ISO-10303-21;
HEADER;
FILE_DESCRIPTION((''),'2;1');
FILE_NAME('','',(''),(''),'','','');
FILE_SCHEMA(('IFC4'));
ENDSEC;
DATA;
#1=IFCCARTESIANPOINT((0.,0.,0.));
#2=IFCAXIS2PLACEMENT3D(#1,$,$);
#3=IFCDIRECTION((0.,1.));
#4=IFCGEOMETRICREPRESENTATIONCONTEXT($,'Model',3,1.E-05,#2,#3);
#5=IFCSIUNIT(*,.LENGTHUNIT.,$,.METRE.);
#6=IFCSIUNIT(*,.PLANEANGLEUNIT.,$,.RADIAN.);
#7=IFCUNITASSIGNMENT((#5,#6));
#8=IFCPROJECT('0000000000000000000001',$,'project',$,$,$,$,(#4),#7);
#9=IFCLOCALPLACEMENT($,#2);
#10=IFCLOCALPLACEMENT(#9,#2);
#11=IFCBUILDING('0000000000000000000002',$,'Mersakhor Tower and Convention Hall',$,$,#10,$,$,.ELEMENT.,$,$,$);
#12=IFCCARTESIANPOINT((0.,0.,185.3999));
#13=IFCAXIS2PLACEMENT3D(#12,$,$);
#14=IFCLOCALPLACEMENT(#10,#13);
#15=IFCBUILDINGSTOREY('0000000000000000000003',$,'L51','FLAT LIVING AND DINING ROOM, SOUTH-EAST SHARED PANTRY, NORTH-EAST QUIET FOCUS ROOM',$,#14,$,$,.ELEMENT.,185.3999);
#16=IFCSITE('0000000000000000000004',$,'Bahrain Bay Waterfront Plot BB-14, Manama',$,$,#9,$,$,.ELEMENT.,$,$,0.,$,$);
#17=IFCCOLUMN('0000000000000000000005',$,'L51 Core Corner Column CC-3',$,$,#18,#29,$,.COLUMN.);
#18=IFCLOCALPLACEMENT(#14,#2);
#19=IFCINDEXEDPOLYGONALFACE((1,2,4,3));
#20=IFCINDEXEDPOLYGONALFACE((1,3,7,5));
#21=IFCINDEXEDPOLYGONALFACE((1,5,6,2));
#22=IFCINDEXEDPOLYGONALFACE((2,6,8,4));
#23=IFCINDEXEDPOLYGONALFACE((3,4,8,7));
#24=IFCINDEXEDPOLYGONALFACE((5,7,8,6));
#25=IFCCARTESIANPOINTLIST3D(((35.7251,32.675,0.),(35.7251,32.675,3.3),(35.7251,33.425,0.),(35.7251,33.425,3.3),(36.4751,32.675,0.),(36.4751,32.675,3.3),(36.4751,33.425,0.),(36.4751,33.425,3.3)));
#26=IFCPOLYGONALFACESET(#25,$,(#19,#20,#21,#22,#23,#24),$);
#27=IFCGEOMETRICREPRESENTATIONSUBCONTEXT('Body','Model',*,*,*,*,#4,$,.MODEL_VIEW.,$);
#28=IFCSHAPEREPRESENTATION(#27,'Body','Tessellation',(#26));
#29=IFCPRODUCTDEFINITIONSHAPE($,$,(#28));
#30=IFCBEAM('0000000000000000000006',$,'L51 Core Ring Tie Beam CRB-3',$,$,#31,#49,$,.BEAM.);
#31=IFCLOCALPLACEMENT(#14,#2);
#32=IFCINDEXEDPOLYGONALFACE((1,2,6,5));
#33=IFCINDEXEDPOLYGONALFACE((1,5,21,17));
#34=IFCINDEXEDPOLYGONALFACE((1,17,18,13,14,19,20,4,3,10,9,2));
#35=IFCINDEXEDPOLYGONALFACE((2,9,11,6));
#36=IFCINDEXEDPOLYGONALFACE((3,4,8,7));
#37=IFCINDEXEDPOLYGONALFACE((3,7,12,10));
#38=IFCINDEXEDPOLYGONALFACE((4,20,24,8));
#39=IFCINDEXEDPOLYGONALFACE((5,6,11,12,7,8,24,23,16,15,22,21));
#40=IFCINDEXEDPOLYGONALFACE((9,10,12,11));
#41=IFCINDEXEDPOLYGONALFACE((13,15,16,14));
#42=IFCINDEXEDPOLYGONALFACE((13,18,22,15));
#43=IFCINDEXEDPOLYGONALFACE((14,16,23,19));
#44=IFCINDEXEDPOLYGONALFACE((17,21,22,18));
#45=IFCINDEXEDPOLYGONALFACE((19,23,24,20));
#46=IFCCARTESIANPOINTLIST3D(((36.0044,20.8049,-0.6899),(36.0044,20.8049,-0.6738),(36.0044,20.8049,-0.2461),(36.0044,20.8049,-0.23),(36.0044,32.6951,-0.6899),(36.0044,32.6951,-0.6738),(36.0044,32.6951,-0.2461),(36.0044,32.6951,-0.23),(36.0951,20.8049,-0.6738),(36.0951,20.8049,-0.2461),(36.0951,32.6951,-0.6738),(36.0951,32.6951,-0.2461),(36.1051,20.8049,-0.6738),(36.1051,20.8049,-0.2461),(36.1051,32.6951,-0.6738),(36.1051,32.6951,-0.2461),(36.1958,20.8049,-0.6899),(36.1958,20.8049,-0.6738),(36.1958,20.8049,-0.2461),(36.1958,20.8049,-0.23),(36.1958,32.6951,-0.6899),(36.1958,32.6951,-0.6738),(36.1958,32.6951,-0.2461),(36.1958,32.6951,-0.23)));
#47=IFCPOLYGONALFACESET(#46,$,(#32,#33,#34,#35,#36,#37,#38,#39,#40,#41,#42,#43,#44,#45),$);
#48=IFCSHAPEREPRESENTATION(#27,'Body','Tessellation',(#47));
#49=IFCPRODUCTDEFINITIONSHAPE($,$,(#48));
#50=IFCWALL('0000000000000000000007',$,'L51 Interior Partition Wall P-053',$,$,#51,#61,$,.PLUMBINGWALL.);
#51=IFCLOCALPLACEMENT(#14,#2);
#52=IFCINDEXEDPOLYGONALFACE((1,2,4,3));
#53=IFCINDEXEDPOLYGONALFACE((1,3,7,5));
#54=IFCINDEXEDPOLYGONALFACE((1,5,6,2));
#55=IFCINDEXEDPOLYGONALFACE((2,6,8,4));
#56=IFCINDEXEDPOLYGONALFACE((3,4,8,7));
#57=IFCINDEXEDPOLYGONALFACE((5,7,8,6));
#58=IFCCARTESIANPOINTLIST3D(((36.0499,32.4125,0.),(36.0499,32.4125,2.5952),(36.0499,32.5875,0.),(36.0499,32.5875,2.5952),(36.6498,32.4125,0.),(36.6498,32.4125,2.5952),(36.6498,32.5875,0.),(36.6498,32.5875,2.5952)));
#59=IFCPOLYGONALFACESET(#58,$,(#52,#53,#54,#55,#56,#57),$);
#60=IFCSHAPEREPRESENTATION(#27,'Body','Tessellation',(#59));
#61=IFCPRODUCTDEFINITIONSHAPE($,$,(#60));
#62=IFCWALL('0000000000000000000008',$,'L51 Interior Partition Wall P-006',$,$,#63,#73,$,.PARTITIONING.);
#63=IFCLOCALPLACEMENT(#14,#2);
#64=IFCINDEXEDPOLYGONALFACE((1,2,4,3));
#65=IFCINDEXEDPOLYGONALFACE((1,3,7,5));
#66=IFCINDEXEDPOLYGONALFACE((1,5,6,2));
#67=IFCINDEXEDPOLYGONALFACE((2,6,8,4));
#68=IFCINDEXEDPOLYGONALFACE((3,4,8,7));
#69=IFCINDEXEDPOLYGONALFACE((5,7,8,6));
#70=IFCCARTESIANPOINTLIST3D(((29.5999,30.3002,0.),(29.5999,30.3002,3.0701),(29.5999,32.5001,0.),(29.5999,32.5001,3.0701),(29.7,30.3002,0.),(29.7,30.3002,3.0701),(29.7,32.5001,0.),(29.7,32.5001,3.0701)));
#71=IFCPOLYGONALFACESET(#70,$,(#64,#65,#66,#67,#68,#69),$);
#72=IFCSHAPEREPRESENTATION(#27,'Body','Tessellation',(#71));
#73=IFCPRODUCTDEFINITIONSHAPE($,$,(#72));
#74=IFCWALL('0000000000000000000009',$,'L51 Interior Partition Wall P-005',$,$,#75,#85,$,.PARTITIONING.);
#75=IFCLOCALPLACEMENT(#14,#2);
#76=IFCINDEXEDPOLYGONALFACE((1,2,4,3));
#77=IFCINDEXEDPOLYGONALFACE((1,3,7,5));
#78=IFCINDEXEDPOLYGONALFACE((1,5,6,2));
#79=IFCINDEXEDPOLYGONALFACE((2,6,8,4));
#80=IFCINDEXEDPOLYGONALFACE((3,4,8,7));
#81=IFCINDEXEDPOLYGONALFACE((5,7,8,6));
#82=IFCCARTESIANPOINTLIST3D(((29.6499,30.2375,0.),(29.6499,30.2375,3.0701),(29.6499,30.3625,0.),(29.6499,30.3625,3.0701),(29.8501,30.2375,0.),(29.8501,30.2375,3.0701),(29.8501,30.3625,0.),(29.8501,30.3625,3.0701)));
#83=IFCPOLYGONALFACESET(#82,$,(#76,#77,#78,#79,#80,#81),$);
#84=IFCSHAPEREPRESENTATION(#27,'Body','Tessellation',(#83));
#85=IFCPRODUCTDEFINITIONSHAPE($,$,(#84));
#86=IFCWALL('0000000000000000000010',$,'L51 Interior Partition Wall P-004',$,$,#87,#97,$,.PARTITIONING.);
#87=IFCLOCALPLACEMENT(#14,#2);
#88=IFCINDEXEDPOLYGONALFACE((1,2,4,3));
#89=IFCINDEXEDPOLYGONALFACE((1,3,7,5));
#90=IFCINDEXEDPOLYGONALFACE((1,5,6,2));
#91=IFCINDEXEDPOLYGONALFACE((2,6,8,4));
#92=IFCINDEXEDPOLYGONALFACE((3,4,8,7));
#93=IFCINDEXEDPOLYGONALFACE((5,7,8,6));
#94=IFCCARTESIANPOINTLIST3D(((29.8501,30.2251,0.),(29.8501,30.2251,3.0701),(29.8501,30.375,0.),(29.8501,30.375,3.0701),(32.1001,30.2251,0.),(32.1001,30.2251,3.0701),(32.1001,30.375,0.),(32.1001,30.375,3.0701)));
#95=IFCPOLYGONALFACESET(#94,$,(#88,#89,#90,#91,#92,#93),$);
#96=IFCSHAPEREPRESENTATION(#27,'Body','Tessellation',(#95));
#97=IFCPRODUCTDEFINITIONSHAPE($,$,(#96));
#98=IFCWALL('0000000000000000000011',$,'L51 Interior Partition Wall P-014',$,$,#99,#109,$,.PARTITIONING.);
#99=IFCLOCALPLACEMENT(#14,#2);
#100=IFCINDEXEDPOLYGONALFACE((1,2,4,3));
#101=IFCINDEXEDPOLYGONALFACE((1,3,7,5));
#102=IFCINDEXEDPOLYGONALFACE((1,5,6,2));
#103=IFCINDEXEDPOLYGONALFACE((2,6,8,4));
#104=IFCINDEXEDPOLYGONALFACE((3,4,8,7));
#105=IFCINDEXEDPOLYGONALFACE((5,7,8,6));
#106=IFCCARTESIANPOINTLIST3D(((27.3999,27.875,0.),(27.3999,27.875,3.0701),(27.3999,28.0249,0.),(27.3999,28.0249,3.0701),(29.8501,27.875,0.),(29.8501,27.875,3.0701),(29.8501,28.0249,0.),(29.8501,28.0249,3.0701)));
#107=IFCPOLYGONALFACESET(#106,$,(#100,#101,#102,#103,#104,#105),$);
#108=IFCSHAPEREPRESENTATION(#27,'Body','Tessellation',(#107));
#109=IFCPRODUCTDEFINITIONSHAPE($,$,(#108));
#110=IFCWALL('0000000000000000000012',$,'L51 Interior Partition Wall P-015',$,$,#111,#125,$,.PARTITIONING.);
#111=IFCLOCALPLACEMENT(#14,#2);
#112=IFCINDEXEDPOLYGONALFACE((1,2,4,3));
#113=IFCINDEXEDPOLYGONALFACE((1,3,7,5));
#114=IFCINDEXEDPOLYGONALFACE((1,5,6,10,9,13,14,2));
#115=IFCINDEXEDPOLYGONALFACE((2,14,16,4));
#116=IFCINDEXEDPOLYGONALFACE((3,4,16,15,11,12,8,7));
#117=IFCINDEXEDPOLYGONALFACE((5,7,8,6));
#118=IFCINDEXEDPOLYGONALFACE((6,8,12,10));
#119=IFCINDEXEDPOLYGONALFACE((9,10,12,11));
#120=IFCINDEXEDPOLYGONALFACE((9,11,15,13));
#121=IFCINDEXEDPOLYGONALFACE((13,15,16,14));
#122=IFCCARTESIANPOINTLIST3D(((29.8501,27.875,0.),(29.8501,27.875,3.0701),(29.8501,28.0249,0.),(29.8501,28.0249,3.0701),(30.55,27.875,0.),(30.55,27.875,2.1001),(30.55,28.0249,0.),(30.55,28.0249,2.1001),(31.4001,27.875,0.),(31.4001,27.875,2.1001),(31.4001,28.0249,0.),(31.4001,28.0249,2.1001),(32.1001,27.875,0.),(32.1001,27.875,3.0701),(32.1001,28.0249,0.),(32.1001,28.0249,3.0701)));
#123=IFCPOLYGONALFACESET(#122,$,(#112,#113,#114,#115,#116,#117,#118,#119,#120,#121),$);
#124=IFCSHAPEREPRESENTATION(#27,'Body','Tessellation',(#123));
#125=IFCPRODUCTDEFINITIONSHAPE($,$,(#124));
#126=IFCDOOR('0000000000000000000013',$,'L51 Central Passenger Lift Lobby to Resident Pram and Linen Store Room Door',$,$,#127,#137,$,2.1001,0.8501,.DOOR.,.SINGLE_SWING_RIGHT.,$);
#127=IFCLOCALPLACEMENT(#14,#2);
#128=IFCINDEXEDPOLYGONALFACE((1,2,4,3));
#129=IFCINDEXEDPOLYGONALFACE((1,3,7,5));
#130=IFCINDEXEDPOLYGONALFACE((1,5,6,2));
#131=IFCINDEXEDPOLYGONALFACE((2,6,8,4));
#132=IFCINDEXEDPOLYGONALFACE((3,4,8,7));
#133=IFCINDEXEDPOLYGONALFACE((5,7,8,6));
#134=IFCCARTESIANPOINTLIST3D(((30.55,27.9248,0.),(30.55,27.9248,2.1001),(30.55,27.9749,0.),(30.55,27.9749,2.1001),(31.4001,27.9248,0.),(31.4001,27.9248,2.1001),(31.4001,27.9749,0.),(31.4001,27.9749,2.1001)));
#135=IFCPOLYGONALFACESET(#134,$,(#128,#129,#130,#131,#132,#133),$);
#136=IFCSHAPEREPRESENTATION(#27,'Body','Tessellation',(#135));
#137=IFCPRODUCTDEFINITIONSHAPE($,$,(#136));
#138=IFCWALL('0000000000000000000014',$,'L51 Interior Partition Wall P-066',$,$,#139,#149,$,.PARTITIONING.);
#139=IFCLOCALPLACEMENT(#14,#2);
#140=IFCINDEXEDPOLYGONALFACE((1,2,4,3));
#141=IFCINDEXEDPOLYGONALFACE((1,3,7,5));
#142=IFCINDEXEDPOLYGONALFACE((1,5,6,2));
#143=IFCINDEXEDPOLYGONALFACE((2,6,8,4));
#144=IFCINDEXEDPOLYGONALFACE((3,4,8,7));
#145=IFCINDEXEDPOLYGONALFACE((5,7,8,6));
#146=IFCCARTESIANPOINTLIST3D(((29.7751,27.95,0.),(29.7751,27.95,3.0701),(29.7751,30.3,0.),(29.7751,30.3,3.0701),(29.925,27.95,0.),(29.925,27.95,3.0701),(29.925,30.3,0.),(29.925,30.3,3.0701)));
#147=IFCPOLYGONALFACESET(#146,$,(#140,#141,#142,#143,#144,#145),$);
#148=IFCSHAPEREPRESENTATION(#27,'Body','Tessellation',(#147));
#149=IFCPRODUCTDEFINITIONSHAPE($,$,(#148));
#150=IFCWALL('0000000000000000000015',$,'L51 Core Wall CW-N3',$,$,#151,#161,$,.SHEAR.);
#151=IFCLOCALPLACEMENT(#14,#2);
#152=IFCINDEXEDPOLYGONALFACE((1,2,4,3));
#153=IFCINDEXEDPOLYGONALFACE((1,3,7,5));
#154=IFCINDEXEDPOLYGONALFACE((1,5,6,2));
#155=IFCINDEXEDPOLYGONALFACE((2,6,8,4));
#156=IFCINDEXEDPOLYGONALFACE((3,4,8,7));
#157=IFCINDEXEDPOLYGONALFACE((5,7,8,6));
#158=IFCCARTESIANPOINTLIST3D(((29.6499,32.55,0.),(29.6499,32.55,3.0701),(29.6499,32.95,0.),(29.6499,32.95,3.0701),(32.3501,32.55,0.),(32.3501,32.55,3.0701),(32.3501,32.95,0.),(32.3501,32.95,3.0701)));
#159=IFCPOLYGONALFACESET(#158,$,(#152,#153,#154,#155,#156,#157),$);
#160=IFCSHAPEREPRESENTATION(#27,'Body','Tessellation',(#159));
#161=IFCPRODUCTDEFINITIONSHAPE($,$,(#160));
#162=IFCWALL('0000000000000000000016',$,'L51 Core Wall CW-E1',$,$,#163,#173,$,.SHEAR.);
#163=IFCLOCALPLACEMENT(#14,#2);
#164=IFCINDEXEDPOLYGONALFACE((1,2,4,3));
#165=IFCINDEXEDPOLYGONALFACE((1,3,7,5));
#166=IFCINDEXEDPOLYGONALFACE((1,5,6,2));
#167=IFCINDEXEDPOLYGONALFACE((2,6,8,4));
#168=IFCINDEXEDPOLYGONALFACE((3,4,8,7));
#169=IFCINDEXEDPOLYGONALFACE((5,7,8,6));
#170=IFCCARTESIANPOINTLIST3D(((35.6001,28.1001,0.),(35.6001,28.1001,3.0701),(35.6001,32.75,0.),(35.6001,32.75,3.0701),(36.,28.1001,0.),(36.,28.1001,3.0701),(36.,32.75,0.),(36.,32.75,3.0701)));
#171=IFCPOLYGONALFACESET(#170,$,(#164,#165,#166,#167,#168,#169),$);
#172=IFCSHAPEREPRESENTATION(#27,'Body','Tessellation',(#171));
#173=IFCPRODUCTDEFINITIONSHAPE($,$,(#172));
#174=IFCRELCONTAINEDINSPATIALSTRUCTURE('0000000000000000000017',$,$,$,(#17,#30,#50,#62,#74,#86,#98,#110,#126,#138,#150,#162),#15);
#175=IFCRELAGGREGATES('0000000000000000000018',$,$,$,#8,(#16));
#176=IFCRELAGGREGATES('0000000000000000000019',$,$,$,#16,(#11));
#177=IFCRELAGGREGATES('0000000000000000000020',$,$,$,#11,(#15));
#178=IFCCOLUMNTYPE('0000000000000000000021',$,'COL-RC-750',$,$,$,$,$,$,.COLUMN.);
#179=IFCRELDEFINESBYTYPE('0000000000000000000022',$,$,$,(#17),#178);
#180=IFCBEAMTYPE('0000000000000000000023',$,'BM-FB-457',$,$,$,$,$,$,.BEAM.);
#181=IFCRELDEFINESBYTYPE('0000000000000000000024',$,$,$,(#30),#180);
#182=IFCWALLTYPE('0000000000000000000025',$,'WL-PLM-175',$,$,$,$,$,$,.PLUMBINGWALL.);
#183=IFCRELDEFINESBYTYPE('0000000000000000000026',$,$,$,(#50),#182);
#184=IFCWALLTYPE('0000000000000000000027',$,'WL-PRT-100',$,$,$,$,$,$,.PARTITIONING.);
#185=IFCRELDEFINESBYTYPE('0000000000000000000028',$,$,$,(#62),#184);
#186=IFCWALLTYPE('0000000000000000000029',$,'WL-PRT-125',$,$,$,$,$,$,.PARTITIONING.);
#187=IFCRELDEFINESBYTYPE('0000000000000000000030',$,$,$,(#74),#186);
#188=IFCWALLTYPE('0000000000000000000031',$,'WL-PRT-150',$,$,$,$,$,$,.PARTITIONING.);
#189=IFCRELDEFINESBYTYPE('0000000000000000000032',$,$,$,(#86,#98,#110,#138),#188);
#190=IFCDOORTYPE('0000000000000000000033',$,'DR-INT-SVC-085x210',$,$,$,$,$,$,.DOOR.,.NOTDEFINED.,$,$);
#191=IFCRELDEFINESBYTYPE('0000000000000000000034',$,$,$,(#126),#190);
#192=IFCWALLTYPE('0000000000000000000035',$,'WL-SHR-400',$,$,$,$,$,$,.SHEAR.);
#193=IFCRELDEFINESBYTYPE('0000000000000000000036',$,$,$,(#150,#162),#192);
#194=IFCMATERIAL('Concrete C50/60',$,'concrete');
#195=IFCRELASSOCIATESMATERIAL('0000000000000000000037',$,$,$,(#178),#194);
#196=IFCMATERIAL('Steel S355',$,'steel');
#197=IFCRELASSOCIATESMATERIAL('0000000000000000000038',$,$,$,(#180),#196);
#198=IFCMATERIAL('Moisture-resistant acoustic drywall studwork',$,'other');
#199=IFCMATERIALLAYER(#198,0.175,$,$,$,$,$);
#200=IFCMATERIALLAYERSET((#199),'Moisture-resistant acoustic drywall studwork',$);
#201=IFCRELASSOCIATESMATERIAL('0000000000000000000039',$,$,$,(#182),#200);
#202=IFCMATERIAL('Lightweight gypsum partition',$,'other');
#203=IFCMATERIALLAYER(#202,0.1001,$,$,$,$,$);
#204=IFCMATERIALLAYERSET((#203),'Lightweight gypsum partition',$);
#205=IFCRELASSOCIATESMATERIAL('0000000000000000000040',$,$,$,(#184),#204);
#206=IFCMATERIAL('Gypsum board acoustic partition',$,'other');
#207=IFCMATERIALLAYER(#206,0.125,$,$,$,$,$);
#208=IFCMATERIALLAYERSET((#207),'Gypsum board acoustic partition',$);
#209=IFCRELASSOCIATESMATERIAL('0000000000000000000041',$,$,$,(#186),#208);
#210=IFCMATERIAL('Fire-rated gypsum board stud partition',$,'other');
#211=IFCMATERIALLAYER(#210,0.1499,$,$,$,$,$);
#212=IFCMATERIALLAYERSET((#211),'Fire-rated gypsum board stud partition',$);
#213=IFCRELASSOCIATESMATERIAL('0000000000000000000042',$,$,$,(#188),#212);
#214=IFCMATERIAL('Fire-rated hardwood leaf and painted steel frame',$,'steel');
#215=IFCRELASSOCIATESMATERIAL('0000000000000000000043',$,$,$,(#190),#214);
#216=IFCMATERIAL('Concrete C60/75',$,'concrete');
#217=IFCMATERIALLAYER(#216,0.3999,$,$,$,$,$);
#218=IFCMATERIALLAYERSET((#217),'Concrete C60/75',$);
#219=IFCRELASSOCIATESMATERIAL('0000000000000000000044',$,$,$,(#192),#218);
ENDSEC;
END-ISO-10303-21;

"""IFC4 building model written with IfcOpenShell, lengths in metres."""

from ifc_helpers import new_model, si_unit, direction, frame, frame_2d, origin, origin_2d, place, context, subcontext, project, spatial, rectangle, i_section, extrude, material, layer, layer_set, material_profile, profile_set, type_object, element, fill, save


model = new_model("IFC4")

# Units and contexts
model_context = context("Model", 3, precision=1e-05, world=origin(), true_north=direction((0.0, 1.0)))
body_context = subcontext(model_context, "Body", "Model", "MODEL_VIEW")
ifc_project = project(units=[si_unit("LENGTHUNIT", "METRE"), si_unit("PLANEANGLEUNIT", "RADIAN")], contexts=[model_context])

# Site, building, storey
site_placement = place(None, origin())
site = spatial("IfcSite", under=ifc_project, at=site_placement, Name="Bahrain Bay Waterfront Plot BB-14, Manama", CompositionType="ELEMENT", RefElevation=0.0)
building_placement = place(site_placement, origin())
building = spatial("IfcBuilding", under=site, at=building_placement, Name="Mersakhor Tower and Convention Hall", CompositionType="ELEMENT")
storey_placement = place(building_placement, frame((0.0, 0.0, 185.3999)))
storey = spatial("IfcBuildingStorey", under=building, at=storey_placement, Name="L51", Description="FLAT LIVING AND DINING ROOM, SOUTH-EAST SHARED PANTRY, NORTH-EAST QUIET FOCUS ROOM", CompositionType="ELEMENT", Elevation=185.3999)

# Column
ifc_material_1 = material(Name="Concrete C50/60", Category="concrete")
ifc_material_profile_1 = material_profile(ifc_material_1, rectangle(XDim=0.75, YDim=0.75, at=origin_2d()), Name="RC 750x750")
ifc_profile_set_1 = profile_set([ifc_material_profile_1], Name="Concrete C50/60")
column_type = type_object("IfcColumnType", Name="COL-RC-750", PredefinedType="COLUMN", material=ifc_profile_set_1)
column_placement = place(storey_placement, frame((36.1001, 33.05, 0.0), z_axis=(0.0, 0.0, 1.0), x_axis=(1.0, 0.0, 0.0)))
element("IfcColumn", 1, at=column_placement, inside=storey, type_object=column_type, Name="L51 Core Corner Column CC-3", PredefinedType="COLUMN", context=body_context, shape_type="SweptSolid", body=[
    extrude(rectangle(XDim=0.75, YDim=0.75, at=origin_2d()), origin(), (0.0, 0.0, 1.0), 3.3),
])

# Beam
ifc_material_2 = material(Name="Steel S355", Category="steel")
ifc_material_profile_2 = material_profile(ifc_material_2, i_section(OverallWidth=0.1914, OverallDepth=0.46, WebThickness=0.01, FlangeThickness=0.0161, at=origin_2d()), Name="UB 457x191x82")
ifc_profile_set_2 = profile_set([ifc_material_profile_2], Name="Steel S355")
beam_type = type_object("IfcBeamType", Name="BM-FB-457", PredefinedType="BEAM", material=ifc_profile_set_2)
beam_placement = place(storey_placement, frame((36.1001, 32.6951, -0.46), z_axis=(0.0, -1.0, 0.0), x_axis=(1.0, 0.0, 0.0)))
element("IfcBeam", 2, at=beam_placement, inside=storey, type_object=beam_type, Name="L51 Core Ring Tie Beam CRB-3", PredefinedType="BEAM", context=body_context, shape_type="SweptSolid", body=[
    extrude(i_section(OverallWidth=0.1914, OverallDepth=0.46, WebThickness=0.01, FlangeThickness=0.0161, at=origin_2d()), origin(), (0.0, 0.0, 1.0), 11.8901),
])

# Walls
ifc_material_3 = material(Name="Moisture-resistant acoustic drywall studwork", Category="other")
ifc_layer_1 = layer(ifc_material_3, 0.175)
ifc_layer_set_1 = layer_set([ifc_layer_1], Name="Moisture-resistant acoustic drywall studwork")
wall_type_1 = type_object("IfcWallType", Name="WL-PLM-175", PredefinedType="PLUMBINGWALL", material=ifc_layer_set_1)
wall_1_placement = place(storey_placement, frame((36.05, 32.5, 0.0), z_axis=(0.0, 0.0, 1.0), x_axis=(1.0, 0.0, 0.0)))
element("IfcWall", 3, at=wall_1_placement, inside=storey, type_object=wall_type_1, Name="L51 Interior Partition Wall P-053", PredefinedType="PLUMBINGWALL", context=body_context, shape_type="SweptSolid", body=[
    extrude(rectangle(XDim=0.5999, YDim=0.175, at=frame_2d((0.2998, 0.0))), origin(), (0.0, 0.0, 1.0), 2.5952),
])
ifc_material_4 = material(Name="Lightweight gypsum partition", Category="other")
ifc_layer_2 = layer(ifc_material_4, 0.1001)
ifc_layer_set_2 = layer_set([ifc_layer_2], Name="Lightweight gypsum partition")
wall_type_2 = type_object("IfcWallType", Name="WL-PRT-100", PredefinedType="PARTITIONING", material=ifc_layer_set_2)
wall_2_placement = place(storey_placement, frame((29.6499, 30.3, 0.0), z_axis=(0.0, 0.0, 1.0), x_axis=(0.0, 1.0, 0.0)))
element("IfcWall", 4, at=wall_2_placement, inside=storey, type_object=wall_type_2, Name="L51 Interior Partition Wall P-006", PredefinedType="PARTITIONING", context=body_context, shape_type="SweptSolid", body=[
    extrude(rectangle(XDim=2.2, YDim=0.1001, at=frame_2d((1.1001, 0.0))), origin(), (0.0, 0.0, 1.0), 3.0701),
])
ifc_material_5 = material(Name="Gypsum board acoustic partition", Category="other")
ifc_layer_3 = layer(ifc_material_5, 0.125)
ifc_layer_set_3 = layer_set([ifc_layer_3], Name="Gypsum board acoustic partition")
wall_type_3 = type_object("IfcWallType", Name="WL-PRT-125", PredefinedType="PARTITIONING", material=ifc_layer_set_3)
wall_3_placement = place(storey_placement, frame((29.8501, 30.3, 0.0), z_axis=(0.0, 0.0, 1.0), x_axis=(-1.0, 0.0, 0.0)))
element("IfcWall", 5, at=wall_3_placement, inside=storey, type_object=wall_type_3, Name="L51 Interior Partition Wall P-005", PredefinedType="PARTITIONING", context=body_context, shape_type="SweptSolid", body=[
    extrude(rectangle(XDim=0.2002, YDim=0.125, at=frame_2d((0.1001, 0.0))), origin(), (0.0, 0.0, 1.0), 3.0701),
])
ifc_material_6 = material(Name="Fire-rated gypsum board stud partition", Category="other")
ifc_layer_4 = layer(ifc_material_6, 0.1499)
ifc_layer_set_4 = layer_set([ifc_layer_4], Name="Fire-rated gypsum board stud partition")
wall_type_4 = type_object("IfcWallType", Name="WL-PRT-150", PredefinedType="PARTITIONING", material=ifc_layer_set_4)
wall_4_placement = place(storey_placement, frame((32.1001, 30.3, 0.0), z_axis=(0.0, 0.0, 1.0), x_axis=(-1.0, 0.0, 0.0)))
element("IfcWall", 6, at=wall_4_placement, inside=storey, type_object=wall_type_4, Name="L51 Interior Partition Wall P-004", PredefinedType="PARTITIONING", context=body_context, shape_type="SweptSolid", body=[
    extrude(rectangle(XDim=2.25, YDim=0.1499, at=frame_2d((1.125, 0.0))), origin(), (0.0, 0.0, 1.0), 3.0701),
])

# Wall
wall_5_placement = place(storey_placement, frame((27.3999, 27.95, 0.0), z_axis=(0.0, 0.0, 1.0), x_axis=(1.0, 0.0, 0.0)))
element("IfcWall", 7, at=wall_5_placement, inside=storey, type_object=wall_type_4, Name="L51 Interior Partition Wall P-014", PredefinedType="PARTITIONING", context=body_context, shape_type="SweptSolid", body=[
    extrude(rectangle(XDim=2.4502, YDim=0.1499, at=frame_2d((1.2251, 0.0))), origin(), (0.0, 0.0, 1.0), 3.0701),
])

# Wall, opening, door
wall_6_placement = place(storey_placement, frame((29.8501, 27.95, 0.0), z_axis=(0.0, 0.0, 1.0), x_axis=(1.0, 0.0, 0.0)))
wall_6 = element("IfcWall", 8, at=wall_6_placement, inside=storey, type_object=wall_type_4, Name="L51 Interior Partition Wall P-015", PredefinedType="PARTITIONING", context=body_context, shape_type="SweptSolid", body=[
    extrude(rectangle(XDim=2.25, YDim=0.1499, at=frame_2d((1.125, 0.0))), origin(), (0.0, 0.0, 1.0), 3.0701),
])
opening_1_placement = place(wall_6_placement, frame((0.7, 0.0, 0.0)))
opening_1 = element("IfcOpeningElement", 9, at=opening_1_placement, cuts=wall_6, PredefinedType="OPENING", context=body_context, shape_type="SweptSolid", body=[
    extrude(rectangle(XDim=0.8501, YDim=2.1001, at=frame_2d((0.425, 1.05))), frame((0.0, 0.085, 0.0), z_axis=(0.0, -1.0, 0.0), x_axis=(1.0, 0.0, 0.0)), (0.0, 0.0, 1.0), 0.1699),
])
ifc_material_7 = material(Name="Fire-rated hardwood leaf and painted steel frame", Category="steel")
door_type_1 = type_object("IfcDoorType", Name="DR-INT-SVC-085x210", OperationType="NOTDEFINED", PredefinedType="DOOR", material=ifc_material_7)
door_1_placement = place(opening_1_placement, origin())
door_1 = element("IfcDoor", 10, at=door_1_placement, inside=storey, type_object=door_type_1, Name="L51 Central Passenger Lift Lobby to Resident Pram and Linen Store Room Door", OperationType="SINGLE_SWING_RIGHT", OverallHeight=2.1001, OverallWidth=0.8501, PredefinedType="DOOR", context=body_context, shape_type="SweptSolid", body=[
    extrude(rectangle(XDim=0.8501, YDim=2.1001, at=frame_2d((0.425, 1.05))), frame((0.0, 0.0249, 0.0), z_axis=(0.0, -1.0, 0.0), x_axis=(1.0, 0.0, 0.0)), (0.0, 0.0, 1.0), 0.05),
])
fill(opening_1, door_1)

# Wall
wall_7_placement = place(storey_placement, frame((29.8501, 30.3, 0.0), z_axis=(0.0, 0.0, 1.0), x_axis=(0.0, -1.0, 0.0)))
element("IfcWall", 11, at=wall_7_placement, inside=storey, type_object=wall_type_4, Name="L51 Interior Partition Wall P-066", PredefinedType="PARTITIONING", context=body_context, shape_type="SweptSolid", body=[
    extrude(rectangle(XDim=2.3501, YDim=0.1499, at=frame_2d((1.175, 0.0))), origin(), (0.0, 0.0, 1.0), 3.0701),
])

# Shared definitions
ifc_material_8 = material(Name="Concrete C60/75", Category="concrete")
ifc_layer_5 = layer(ifc_material_8, 0.3999)
ifc_layer_set_5 = layer_set([ifc_layer_5], Name="Concrete C60/75")
wall_type_5 = type_object("IfcWallType", Name="WL-SHR-400", PredefinedType="SHEAR", material=ifc_layer_set_5)

# Wall
wall_8_placement = place(storey_placement, frame((29.6499, 32.75, 0.0), z_axis=(0.0, 0.0, 1.0), x_axis=(1.0, 0.0, 0.0)))
element("IfcWall", 12, at=wall_8_placement, inside=storey, type_object=wall_type_5, Name="L51 Core Wall CW-N3", PredefinedType="SHEAR", context=body_context, shape_type="SweptSolid", body=[
    extrude(rectangle(XDim=2.7002, YDim=0.3999, at=frame_2d((1.3501, 0.0))), origin(), (0.0, 0.0, 1.0), 3.0701),
])

# Wall
wall_9_placement = place(storey_placement, frame((35.8, 32.75, 0.0), z_axis=(0.0, 0.0, 1.0), x_axis=(0.0, -1.0, 0.0)))
element("IfcWall", 13, at=wall_9_placement, inside=storey, type_object=wall_type_5, Name="L51 Core Wall CW-E1", PredefinedType="SHEAR", context=body_context, shape_type="SweptSolid", body=[
    extrude(rectangle(XDim=4.6499, YDim=0.3999, at=frame_2d((2.325, 0.0))), origin(), (0.0, 0.0, 1.0), 3.0701),
])

save(model, "model.ifc")
